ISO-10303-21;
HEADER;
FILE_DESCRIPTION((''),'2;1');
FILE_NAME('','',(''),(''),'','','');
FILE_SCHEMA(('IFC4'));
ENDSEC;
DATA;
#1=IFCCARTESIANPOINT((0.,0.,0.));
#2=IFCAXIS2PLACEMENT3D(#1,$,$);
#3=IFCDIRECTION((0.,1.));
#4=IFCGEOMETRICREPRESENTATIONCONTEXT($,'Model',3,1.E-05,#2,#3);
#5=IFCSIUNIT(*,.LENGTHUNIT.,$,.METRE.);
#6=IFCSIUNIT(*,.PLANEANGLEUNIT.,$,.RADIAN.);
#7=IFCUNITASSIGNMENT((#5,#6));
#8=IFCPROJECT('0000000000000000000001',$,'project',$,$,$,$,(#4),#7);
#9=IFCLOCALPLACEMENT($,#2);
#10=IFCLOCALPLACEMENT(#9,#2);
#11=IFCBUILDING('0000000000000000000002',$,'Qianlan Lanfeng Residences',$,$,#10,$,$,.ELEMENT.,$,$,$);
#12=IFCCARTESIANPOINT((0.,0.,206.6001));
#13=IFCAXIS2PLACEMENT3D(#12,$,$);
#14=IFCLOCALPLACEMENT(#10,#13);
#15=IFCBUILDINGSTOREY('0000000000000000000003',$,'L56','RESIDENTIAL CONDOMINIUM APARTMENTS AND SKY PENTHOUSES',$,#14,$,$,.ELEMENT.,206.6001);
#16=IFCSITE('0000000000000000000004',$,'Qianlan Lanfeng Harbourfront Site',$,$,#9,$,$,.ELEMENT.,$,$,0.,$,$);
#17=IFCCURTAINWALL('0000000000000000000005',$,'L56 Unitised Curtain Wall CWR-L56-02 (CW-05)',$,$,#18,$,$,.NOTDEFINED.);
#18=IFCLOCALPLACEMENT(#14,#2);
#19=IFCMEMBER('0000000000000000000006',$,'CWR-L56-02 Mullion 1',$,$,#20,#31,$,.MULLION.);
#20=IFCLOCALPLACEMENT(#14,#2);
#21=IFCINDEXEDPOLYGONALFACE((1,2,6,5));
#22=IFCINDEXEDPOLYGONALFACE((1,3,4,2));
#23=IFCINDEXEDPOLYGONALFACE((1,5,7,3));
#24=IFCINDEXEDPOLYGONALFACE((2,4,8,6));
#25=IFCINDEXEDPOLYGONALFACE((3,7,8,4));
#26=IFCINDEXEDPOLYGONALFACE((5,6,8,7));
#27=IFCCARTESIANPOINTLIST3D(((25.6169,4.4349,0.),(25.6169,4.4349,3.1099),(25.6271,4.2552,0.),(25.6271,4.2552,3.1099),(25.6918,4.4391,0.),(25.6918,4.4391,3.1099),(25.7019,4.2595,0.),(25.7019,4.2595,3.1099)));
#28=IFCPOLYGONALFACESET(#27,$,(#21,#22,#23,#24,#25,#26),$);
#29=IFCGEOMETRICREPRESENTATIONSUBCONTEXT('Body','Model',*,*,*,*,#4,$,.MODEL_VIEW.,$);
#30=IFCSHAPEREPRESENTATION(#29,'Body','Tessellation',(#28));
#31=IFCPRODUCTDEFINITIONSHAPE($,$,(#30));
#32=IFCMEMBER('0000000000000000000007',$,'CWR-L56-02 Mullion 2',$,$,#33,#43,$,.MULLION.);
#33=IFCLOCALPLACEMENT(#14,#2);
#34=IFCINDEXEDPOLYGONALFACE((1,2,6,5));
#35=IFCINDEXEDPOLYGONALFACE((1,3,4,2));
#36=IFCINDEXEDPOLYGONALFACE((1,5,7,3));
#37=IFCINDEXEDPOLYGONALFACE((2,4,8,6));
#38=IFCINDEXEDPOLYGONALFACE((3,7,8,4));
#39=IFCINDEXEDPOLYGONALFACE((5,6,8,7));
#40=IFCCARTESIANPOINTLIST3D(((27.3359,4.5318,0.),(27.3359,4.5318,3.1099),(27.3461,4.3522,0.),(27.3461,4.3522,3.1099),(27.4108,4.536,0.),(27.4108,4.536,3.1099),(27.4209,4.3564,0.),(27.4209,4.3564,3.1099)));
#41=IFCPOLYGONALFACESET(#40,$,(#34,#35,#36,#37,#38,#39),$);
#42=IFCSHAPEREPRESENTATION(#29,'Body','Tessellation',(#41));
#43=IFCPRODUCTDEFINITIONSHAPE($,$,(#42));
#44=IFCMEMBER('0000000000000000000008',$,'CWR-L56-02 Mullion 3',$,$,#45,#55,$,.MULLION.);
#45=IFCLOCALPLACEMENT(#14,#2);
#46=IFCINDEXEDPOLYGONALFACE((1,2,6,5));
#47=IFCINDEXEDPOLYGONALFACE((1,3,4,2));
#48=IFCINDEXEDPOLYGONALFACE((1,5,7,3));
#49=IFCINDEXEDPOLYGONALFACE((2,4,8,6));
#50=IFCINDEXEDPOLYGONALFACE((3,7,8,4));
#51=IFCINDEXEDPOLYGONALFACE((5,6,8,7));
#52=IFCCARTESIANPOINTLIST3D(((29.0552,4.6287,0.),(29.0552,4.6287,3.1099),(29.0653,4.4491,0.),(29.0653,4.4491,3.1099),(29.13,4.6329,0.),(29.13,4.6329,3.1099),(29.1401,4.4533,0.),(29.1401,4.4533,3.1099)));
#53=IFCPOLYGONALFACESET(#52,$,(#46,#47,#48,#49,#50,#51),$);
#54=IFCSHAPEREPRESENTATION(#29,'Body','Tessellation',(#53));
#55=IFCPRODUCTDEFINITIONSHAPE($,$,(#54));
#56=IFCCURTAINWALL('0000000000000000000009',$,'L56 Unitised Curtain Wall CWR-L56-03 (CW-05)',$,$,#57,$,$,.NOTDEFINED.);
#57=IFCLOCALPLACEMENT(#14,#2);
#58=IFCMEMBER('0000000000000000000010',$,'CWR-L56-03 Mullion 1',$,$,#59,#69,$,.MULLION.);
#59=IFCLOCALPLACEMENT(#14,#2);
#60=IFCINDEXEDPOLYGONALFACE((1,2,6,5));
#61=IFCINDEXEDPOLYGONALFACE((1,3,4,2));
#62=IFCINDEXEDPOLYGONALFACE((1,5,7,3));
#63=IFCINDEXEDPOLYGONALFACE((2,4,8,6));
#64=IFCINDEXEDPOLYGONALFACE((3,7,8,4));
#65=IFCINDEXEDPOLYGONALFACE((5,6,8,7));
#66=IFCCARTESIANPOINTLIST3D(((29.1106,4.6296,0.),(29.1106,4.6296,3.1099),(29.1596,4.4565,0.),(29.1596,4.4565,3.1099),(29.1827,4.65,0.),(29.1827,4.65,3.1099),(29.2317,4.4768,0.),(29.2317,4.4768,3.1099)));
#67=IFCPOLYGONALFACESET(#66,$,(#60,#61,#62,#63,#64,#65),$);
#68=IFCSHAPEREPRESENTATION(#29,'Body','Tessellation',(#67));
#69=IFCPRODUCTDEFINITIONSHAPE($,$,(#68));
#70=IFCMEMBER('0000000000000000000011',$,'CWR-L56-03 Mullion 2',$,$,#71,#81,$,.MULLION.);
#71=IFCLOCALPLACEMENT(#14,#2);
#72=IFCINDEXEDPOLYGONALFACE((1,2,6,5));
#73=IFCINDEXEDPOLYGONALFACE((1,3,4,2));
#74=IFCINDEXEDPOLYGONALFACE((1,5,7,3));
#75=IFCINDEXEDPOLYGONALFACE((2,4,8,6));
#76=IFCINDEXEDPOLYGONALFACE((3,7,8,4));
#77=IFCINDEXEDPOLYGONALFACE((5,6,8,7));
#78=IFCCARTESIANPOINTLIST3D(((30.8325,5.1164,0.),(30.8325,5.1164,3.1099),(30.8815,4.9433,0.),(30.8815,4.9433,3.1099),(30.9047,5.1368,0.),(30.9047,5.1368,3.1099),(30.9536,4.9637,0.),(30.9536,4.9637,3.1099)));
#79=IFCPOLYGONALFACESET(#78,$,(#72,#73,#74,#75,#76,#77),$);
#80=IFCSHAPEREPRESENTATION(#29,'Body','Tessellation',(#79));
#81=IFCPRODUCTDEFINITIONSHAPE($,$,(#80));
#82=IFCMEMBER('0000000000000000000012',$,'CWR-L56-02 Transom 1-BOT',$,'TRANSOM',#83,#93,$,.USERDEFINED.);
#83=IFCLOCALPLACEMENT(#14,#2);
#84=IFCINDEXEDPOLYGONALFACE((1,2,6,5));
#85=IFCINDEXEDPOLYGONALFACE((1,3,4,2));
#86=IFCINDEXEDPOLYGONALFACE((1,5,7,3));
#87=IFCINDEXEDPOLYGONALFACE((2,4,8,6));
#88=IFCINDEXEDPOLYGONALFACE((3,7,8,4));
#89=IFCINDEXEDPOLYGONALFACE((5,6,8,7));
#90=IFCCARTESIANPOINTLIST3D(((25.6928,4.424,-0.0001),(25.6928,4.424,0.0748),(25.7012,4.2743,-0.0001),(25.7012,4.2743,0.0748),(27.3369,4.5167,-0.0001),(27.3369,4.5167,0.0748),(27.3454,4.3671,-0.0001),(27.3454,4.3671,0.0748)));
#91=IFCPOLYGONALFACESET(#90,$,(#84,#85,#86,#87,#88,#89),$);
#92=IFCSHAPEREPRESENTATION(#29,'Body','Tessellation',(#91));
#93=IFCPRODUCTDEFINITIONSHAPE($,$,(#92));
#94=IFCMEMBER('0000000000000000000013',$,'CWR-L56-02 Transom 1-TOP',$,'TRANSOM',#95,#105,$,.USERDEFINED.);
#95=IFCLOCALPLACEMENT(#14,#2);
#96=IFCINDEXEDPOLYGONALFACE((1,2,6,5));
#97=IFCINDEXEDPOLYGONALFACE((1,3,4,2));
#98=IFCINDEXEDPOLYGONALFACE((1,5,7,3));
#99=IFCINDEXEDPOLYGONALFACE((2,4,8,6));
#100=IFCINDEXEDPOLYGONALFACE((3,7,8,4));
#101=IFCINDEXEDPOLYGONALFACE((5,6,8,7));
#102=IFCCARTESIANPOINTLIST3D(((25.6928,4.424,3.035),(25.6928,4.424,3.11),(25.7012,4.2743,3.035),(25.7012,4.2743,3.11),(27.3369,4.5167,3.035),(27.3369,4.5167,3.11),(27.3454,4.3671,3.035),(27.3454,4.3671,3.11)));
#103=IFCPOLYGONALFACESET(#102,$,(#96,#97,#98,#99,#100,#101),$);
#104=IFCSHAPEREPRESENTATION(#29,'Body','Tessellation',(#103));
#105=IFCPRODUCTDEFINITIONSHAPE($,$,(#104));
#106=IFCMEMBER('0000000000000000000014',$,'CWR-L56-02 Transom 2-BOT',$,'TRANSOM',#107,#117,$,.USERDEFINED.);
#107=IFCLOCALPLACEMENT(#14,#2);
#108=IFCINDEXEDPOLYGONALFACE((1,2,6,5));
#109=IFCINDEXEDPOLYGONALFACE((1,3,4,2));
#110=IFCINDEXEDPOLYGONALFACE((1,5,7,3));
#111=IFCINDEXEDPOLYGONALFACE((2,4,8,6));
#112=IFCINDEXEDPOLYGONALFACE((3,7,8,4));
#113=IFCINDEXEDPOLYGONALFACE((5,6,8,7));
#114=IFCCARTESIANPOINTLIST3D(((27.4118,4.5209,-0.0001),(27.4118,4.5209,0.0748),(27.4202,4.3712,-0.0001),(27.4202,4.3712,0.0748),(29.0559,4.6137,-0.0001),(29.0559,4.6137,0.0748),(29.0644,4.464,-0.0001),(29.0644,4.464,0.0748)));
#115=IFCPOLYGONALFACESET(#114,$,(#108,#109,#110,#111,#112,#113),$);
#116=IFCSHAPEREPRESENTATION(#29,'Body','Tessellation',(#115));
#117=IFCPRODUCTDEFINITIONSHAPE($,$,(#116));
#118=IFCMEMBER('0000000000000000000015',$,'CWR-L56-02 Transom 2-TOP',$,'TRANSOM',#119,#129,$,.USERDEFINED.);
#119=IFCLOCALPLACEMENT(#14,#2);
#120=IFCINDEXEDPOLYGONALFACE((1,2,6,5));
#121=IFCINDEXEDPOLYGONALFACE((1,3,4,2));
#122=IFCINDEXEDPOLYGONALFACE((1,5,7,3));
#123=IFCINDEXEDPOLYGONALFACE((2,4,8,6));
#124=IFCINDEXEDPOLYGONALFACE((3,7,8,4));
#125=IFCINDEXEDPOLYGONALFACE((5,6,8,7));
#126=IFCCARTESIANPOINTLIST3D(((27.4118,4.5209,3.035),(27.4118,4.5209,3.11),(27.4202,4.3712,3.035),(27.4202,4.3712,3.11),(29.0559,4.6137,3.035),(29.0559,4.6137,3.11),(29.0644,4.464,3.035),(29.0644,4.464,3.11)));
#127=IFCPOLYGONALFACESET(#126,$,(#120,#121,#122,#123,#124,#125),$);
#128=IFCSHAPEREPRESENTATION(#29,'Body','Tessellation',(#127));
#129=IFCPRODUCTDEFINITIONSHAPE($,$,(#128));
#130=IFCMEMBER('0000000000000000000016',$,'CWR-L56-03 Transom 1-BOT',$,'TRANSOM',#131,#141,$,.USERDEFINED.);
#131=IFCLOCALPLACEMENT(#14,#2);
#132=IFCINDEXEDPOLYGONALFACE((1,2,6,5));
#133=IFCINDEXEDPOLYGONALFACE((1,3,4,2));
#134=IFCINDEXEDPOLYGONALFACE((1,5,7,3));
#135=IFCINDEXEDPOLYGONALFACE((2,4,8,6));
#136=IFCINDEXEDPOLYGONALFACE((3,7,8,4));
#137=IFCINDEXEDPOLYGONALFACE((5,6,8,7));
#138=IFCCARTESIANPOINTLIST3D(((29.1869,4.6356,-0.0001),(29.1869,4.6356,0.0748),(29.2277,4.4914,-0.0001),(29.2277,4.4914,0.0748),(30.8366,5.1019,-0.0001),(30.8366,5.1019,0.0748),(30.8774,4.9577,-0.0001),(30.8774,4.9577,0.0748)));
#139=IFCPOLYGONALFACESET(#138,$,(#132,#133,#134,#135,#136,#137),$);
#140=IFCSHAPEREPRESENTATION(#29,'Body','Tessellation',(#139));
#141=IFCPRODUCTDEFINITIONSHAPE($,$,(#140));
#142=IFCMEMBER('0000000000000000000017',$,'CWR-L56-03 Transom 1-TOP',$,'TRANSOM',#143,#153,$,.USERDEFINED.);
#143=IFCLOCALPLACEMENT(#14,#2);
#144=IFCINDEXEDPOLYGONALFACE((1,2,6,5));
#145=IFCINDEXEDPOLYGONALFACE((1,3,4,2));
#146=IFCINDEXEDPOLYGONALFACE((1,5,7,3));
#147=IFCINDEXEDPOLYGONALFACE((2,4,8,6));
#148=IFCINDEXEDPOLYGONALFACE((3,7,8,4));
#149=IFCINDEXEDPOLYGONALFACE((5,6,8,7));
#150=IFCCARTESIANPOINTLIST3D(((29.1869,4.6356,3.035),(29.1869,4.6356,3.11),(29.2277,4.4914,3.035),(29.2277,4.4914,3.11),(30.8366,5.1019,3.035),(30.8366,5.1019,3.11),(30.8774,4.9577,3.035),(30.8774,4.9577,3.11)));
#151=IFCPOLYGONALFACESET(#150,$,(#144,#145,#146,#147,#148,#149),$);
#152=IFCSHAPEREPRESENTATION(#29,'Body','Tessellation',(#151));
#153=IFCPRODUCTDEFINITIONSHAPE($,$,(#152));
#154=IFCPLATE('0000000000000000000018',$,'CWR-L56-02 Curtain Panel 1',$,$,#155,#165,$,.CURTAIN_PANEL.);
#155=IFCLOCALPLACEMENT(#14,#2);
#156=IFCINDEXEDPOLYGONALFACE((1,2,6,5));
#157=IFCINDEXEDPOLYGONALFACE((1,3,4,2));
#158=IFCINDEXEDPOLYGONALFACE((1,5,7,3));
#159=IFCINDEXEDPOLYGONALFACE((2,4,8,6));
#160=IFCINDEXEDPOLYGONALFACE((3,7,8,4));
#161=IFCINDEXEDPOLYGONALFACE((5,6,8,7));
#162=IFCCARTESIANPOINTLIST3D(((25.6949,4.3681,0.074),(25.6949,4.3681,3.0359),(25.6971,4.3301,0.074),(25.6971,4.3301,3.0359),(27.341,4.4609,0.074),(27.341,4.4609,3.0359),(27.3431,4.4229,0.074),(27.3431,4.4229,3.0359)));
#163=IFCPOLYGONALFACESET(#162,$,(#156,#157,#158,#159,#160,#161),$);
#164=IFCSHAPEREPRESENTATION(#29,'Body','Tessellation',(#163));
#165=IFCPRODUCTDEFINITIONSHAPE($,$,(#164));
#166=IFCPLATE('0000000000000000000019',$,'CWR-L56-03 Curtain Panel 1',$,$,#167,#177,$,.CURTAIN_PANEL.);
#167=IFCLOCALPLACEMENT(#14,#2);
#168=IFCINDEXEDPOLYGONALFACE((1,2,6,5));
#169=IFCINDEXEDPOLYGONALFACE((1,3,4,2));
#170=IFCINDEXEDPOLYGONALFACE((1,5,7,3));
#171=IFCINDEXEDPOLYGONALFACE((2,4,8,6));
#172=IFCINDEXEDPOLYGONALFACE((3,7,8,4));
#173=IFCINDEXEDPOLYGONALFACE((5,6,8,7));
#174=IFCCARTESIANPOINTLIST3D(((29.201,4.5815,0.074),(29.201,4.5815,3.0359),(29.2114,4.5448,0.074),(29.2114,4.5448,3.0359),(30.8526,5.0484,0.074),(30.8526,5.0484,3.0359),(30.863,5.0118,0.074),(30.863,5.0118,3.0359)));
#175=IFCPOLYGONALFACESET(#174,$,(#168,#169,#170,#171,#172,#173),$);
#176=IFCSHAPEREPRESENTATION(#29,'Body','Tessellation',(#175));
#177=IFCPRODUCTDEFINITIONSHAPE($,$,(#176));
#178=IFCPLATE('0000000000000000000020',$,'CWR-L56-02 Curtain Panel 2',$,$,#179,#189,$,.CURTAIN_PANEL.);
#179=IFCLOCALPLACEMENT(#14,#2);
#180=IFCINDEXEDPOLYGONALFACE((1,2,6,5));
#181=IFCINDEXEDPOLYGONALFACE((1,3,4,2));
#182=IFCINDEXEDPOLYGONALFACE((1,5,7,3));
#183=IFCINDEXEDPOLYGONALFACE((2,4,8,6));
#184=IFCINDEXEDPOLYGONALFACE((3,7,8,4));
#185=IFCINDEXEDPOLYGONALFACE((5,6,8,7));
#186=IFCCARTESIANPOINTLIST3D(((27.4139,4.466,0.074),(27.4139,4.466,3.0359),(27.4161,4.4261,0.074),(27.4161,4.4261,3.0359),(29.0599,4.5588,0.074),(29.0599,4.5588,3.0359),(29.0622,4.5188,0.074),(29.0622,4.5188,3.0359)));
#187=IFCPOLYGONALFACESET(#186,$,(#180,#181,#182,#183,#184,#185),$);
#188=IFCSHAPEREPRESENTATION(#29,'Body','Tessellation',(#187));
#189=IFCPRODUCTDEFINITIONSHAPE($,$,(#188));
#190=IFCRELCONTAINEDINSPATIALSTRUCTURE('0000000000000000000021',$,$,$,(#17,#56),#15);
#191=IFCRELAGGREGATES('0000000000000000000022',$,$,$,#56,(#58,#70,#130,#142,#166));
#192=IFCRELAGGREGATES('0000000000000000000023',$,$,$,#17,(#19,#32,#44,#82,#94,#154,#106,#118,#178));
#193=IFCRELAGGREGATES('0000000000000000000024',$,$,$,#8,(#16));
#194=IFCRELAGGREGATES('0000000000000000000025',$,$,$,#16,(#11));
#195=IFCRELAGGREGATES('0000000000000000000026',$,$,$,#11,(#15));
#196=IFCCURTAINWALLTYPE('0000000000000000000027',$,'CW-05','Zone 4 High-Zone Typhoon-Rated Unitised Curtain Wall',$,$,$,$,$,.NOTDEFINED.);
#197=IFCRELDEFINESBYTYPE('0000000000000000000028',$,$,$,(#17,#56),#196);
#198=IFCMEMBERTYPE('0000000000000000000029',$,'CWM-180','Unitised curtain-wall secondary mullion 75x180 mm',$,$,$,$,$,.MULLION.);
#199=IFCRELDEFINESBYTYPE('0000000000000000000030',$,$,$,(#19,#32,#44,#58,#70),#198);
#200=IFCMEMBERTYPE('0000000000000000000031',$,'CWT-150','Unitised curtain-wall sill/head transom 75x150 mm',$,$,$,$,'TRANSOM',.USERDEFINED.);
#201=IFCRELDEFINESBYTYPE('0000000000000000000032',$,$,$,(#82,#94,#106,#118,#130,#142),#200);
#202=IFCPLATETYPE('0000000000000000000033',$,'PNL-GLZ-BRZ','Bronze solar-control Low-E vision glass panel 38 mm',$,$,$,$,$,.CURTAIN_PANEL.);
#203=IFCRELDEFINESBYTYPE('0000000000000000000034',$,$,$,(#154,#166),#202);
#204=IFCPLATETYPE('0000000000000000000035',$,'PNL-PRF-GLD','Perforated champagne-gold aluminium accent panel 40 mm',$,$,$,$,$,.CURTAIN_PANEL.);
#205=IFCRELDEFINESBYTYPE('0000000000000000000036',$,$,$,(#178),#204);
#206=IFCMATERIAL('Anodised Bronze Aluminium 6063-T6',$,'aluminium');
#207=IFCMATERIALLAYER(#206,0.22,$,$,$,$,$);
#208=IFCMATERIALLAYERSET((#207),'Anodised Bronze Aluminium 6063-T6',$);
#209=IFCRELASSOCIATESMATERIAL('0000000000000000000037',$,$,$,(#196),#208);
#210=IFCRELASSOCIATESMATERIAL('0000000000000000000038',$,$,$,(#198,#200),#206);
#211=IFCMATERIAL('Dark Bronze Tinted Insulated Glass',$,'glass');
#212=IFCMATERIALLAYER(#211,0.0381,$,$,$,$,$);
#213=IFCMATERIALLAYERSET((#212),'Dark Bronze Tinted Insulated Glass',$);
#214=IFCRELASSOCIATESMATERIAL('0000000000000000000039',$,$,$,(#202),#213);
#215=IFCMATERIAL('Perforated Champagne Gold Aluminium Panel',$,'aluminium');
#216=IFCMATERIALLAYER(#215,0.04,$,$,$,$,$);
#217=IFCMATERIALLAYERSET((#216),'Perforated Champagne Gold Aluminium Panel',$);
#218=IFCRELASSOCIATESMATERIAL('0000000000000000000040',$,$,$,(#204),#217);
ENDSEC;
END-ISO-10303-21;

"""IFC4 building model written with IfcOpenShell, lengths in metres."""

from ifc_helpers import new_model, si_unit, direction, frame, origin, origin_2d, place, context, subcontext, project, spatial, rectangle, extrude, source, transform, mapped, material, layer, layer_set, material_profile, profile_set, type_object, element, aggregate, save


model = new_model("IFC4")

# Units and contexts
model_context = context("Model", 3, precision=1e-05, world=origin(), true_north=direction((0.0, 1.0)))
body_context = subcontext(model_context, "Body", "Model", "MODEL_VIEW")
ifc_project = project(units=[si_unit("LENGTHUNIT", "METRE"), si_unit("PLANEANGLEUNIT", "RADIAN")], contexts=[model_context])

# Site, building, storey
site_placement = place(None, origin())
site = spatial("IfcSite", under=ifc_project, at=site_placement, Name="Qianlan Lanfeng Harbourfront Site", CompositionType="ELEMENT", RefElevation=0.0)
building_placement = place(site_placement, origin())
building = spatial("IfcBuilding", under=site, at=building_placement, Name="Qianlan Lanfeng Residences", CompositionType="ELEMENT")
storey_placement = place(building_placement, frame((0.0, 0.0, 206.6001)))
storey = spatial("IfcBuildingStorey", under=building, at=storey_placement, Name="L56", Description="RESIDENTIAL CONDOMINIUM APARTMENTS AND SKY PENTHOUSES", CompositionType="ELEMENT", Elevation=206.6001)

# Curtain walls, members
ifc_material_1 = material(Name="Anodised Bronze Aluminium 6063-T6", Category="aluminium")
ifc_layer_1 = layer(ifc_material_1, 0.22)
ifc_layer_set_1 = layer_set([ifc_layer_1], Name="Anodised Bronze Aluminium 6063-T6")
curtain_wall_type = type_object("IfcCurtainWallType", Name="CW-05", Description="Zone 4 High-Zone Typhoon-Rated Unitised Curtain Wall", PredefinedType="NOTDEFINED", material=ifc_layer_set_1)
curtain_wall_1_placement = place(storey_placement, origin())
curtain_wall_1 = element("IfcCurtainWall", 1, at=curtain_wall_1_placement, inside=storey, type_object=curtain_wall_type, Name="L56 Unitised Curtain Wall CWR-L56-02 (CW-05)", PredefinedType="NOTDEFINED")
ifc_material_profile_1 = material_profile(ifc_material_1, rectangle(XDim=0.075, YDim=0.1799, at=origin_2d()), Name="ALU MULLION 75x180")
ifc_profile_set_1 = profile_set([ifc_material_profile_1], Name="Anodised Bronze Aluminium 6063-T6")
member_type_1 = type_object("IfcMemberType", Name="CWM-180", Description="Unitised curtain-wall secondary mullion 75x180 mm", PredefinedType="MULLION", material=ifc_profile_set_1)
shared_shape_1 = source(origin(), body_context, "Body", "SweptSolid", [
    extrude(rectangle(XDim=0.075, YDim=0.1799, at=origin_2d()), origin(), (0.0, 0.0, 1.0), 3.1099),
])
member_1_placement = place(storey_placement, frame((25.6594, 4.3472, 0.0), z_axis=(0.0, 0.0, 1.0), x_axis=(0.998415, 0.056273, 0.0)))
member_1 = element("IfcMember", 2, at=member_1_placement, type_object=member_type_1, Name="CWR-L56-02 Mullion 1", PredefinedType="MULLION", context=body_context, shape_type="MappedRepresentation", body=[
    mapped(shared_shape_1, transform((0.0, 0.0, 0.0), scale=1.0)),
])
member_2_placement = place(storey_placement, frame((27.3784, 4.4441, 0.0), z_axis=(0.0, 0.0, 1.0), x_axis=(0.998415, 0.056273, 0.0)))
member_2 = element("IfcMember", 3, at=member_2_placement, type_object=member_type_1, Name="CWR-L56-02 Mullion 2", PredefinedType="MULLION", context=body_context, shape_type="MappedRepresentation", body=[
    mapped(shared_shape_1, transform((0.0, 0.0, 0.0), scale=1.0)),
])
member_3_placement = place(storey_placement, frame((29.0977, 4.541, 0.0), z_axis=(0.0, 0.0, 1.0), x_axis=(0.998415, 0.056273, 0.0)))
member_3 = element("IfcMember", 4, at=member_3_placement, type_object=member_type_1, Name="CWR-L56-02 Mullion 3", PredefinedType="MULLION", context=body_context, shape_type="MappedRepresentation", body=[
    mapped(shared_shape_1, transform((0.0, 0.0, 0.0), scale=1.0)),
])
curtain_wall_2_placement = place(storey_placement, origin())
curtain_wall_2 = element("IfcCurtainWall", 5, at=curtain_wall_2_placement, inside=storey, type_object=curtain_wall_type, Name="L56 Unitised Curtain Wall CWR-L56-03 (CW-05)", PredefinedType="NOTDEFINED")
member_4_placement = place(storey_placement, frame((29.1711, 4.5532, 0.0), z_axis=(0.0, 0.0, 1.0), x_axis=(0.962284, 0.272045, 0.0)))
member_4 = element("IfcMember", 6, at=member_4_placement, type_object=member_type_1, Name="CWR-L56-03 Mullion 1", PredefinedType="MULLION", context=body_context, shape_type="MappedRepresentation", body=[
    mapped(shared_shape_1, transform((0.0, 0.0, 0.0), scale=1.0)),
])
member_5_placement = place(storey_placement, frame((30.8931, 5.04, 0.0), z_axis=(0.0, 0.0, 1.0), x_axis=(0.962284, 0.272045, 0.0)))
member_5 = element("IfcMember", 7, at=member_5_placement, type_object=member_type_1, Name="CWR-L56-03 Mullion 2", PredefinedType="MULLION", context=body_context, shape_type="MappedRepresentation", body=[
    mapped(shared_shape_1, transform((0.0, 0.0, 0.0), scale=1.0)),
])

# Members
ifc_material_profile_2 = material_profile(ifc_material_1, rectangle(XDim=0.075, YDim=0.1499, at=origin_2d()), Name="ALU TRANSOM 75x150")
ifc_profile_set_2 = profile_set([ifc_material_profile_2], Name="Anodised Bronze Aluminium 6063-T6")
member_type_2 = type_object("IfcMemberType", Name="CWT-150", Description="Unitised curtain-wall sill/head transom 75x150 mm", ElementType="TRANSOM", PredefinedType="USERDEFINED", material=ifc_profile_set_2)
shared_shape_2 = source(origin(), body_context, "Body", "SweptSolid", [
    extrude(rectangle(XDim=0.075, YDim=0.1499, at=origin_2d()), origin(), (0.0, 0.0, 1.0), 1.6467),
])
member_6_placement = place(storey_placement, frame((25.697, 4.3491, 0.0374), z_axis=(0.998412, 0.05634, 0.0), x_axis=(0.0, 0.0, 1.0)))
member_6 = element("IfcMember", 8, at=member_6_placement, type_object=member_type_2, Name="CWR-L56-02 Transom 1-BOT", ObjectType="TRANSOM", PredefinedType="USERDEFINED", context=body_context, shape_type="MappedRepresentation", body=[
    mapped(shared_shape_2, transform((0.0, 0.0, 0.0), scale=1.0)),
])
member_7_placement = place(storey_placement, frame((25.697, 4.3491, 3.0725), z_axis=(0.998412, 0.05634, 0.0), x_axis=(0.0, 0.0, 1.0)))
member_7 = element("IfcMember", 9, at=member_7_placement, type_object=member_type_2, Name="CWR-L56-02 Transom 1-TOP", ObjectType="TRANSOM", PredefinedType="USERDEFINED", context=body_context, shape_type="MappedRepresentation", body=[
    mapped(shared_shape_2, transform((0.0, 0.0, 0.0), scale=1.0)),
])
member_8_placement = place(storey_placement, frame((27.416, 4.446, 0.0374), z_axis=(0.998412, 0.05634, 0.0), x_axis=(0.0, 0.0, 1.0)))
member_8 = element("IfcMember", 10, at=member_8_placement, type_object=member_type_2, Name="CWR-L56-02 Transom 2-BOT", ObjectType="TRANSOM", PredefinedType="USERDEFINED", context=body_context, shape_type="MappedRepresentation", body=[
    mapped(shared_shape_2, transform((0.0, 0.0, 0.0), scale=1.0)),
])
member_9_placement = place(storey_placement, frame((27.416, 4.446, 3.0725), z_axis=(0.998412, 0.05634, 0.0), x_axis=(0.0, 0.0, 1.0)))
member_9 = element("IfcMember", 11, at=member_9_placement, type_object=member_type_2, Name="CWR-L56-02 Transom 2-TOP", ObjectType="TRANSOM", PredefinedType="USERDEFINED", context=body_context, shape_type="MappedRepresentation", body=[
    mapped(shared_shape_2, transform((0.0, 0.0, 0.0), scale=1.0)),
])
shared_shape_3 = source(origin(), body_context, "Body", "SweptSolid", [
    extrude(rectangle(XDim=0.075, YDim=0.1499, at=origin_2d()), origin(), (0.0, 0.0, 1.0), 1.7144),
])
member_10_placement = place(storey_placement, frame((29.2073, 4.5635, 0.0374), z_axis=(0.962294, 0.272011, 0.0), x_axis=(0.0, 0.0, 1.0)))
member_10 = element("IfcMember", 12, at=member_10_placement, type_object=member_type_2, Name="CWR-L56-03 Transom 1-BOT", ObjectType="TRANSOM", PredefinedType="USERDEFINED", context=body_context, shape_type="MappedRepresentation", body=[
    mapped(shared_shape_3, transform((0.0, 0.0, 0.0), scale=1.0)),
])
member_11_placement = place(storey_placement, frame((29.2073, 4.5635, 3.0725), z_axis=(0.962294, 0.272011, 0.0), x_axis=(0.0, 0.0, 1.0)))
member_11 = element("IfcMember", 13, at=member_11_placement, type_object=member_type_2, Name="CWR-L56-03 Transom 1-TOP", ObjectType="TRANSOM", PredefinedType="USERDEFINED", context=body_context, shape_type="MappedRepresentation", body=[
    mapped(shared_shape_3, transform((0.0, 0.0, 0.0), scale=1.0)),
])

# Plates
ifc_material_2 = material(Name="Dark Bronze Tinted Insulated Glass", Category="glass")
ifc_layer_2 = layer(ifc_material_2, 0.0381)
ifc_layer_set_2 = layer_set([ifc_layer_2], Name="Dark Bronze Tinted Insulated Glass")
plate_type_1 = type_object("IfcPlateType", Name="PNL-GLZ-BRZ", Description="Bronze solar-control Low-E vision glass panel 38 mm", PredefinedType="CURTAIN_PANEL", material=ifc_layer_set_2)
shared_shape_4 = source(origin(), body_context, "Body", "SweptSolid", [
    extrude(rectangle(XDim=1.6487, YDim=0.0381, at=origin_2d()), origin(), (0.0, 0.0, 1.0), 2.9619),
])
plate_1_placement = place(storey_placement, frame((26.519, 4.3955, 0.074), z_axis=(0.0, 0.0, 1.0), x_axis=(0.998415, 0.056273, 0.0)))
plate_1 = element("IfcPlate", 14, at=plate_1_placement, type_object=plate_type_1, Name="CWR-L56-02 Curtain Panel 1", PredefinedType="CURTAIN_PANEL", context=body_context, shape_type="MappedRepresentation", body=[
    mapped(shared_shape_4, transform((0.0, 0.0, 0.0), scale=1.0)),
])
shared_shape_5 = source(origin(), body_context, "Body", "SweptSolid", [
    extrude(rectangle(XDim=1.7163, YDim=0.0381, at=origin_2d()), origin(), (0.0, 0.0, 1.0), 2.9619),
])
plate_2_placement = place(storey_placement, frame((30.032, 4.7966, 0.074), z_axis=(0.0, 0.0, 1.0), x_axis=(0.962284, 0.272045, 0.0)))
plate_2 = element("IfcPlate", 15, at=plate_2_placement, type_object=plate_type_1, Name="CWR-L56-03 Curtain Panel 1", PredefinedType="CURTAIN_PANEL", context=body_context, shape_type="MappedRepresentation", body=[
    mapped(shared_shape_5, transform((0.0, 0.0, 0.0), scale=1.0)),
])
aggregate(curtain_wall_2, [member_4, member_5, member_10, member_11, plate_2])
ifc_material_3 = material(Name="Perforated Champagne Gold Aluminium Panel", Category="aluminium")
ifc_layer_3 = layer(ifc_material_3, 0.04)
ifc_layer_set_3 = layer_set([ifc_layer_3], Name="Perforated Champagne Gold Aluminium Panel")
plate_type_2 = type_object("IfcPlateType", Name="PNL-PRF-GLD", Description="Perforated champagne-gold aluminium accent panel 40 mm", PredefinedType="CURTAIN_PANEL", material=ifc_layer_set_3)
shared_shape_6 = source(origin(), body_context, "Body", "SweptSolid", [
    extrude(rectangle(XDim=1.6487, YDim=0.04, at=origin_2d()), origin(), (0.0, 0.0, 1.0), 2.9619),
])
plate_3_placement = place(storey_placement, frame((28.238, 4.4924, 0.074), z_axis=(0.0, 0.0, 1.0), x_axis=(0.998415, 0.056273, 0.0)))
plate_3 = element("IfcPlate", 16, at=plate_3_placement, type_object=plate_type_2, Name="CWR-L56-02 Curtain Panel 2", PredefinedType="CURTAIN_PANEL", context=body_context, shape_type="MappedRepresentation", body=[
    mapped(shared_shape_6, transform((0.0, 0.0, 0.0), scale=1.0)),
])
aggregate(curtain_wall_1, [member_1, member_2, member_3, member_6, member_7, plate_1, member_8, member_9, plate_3])

save(model, "model.ifc")
